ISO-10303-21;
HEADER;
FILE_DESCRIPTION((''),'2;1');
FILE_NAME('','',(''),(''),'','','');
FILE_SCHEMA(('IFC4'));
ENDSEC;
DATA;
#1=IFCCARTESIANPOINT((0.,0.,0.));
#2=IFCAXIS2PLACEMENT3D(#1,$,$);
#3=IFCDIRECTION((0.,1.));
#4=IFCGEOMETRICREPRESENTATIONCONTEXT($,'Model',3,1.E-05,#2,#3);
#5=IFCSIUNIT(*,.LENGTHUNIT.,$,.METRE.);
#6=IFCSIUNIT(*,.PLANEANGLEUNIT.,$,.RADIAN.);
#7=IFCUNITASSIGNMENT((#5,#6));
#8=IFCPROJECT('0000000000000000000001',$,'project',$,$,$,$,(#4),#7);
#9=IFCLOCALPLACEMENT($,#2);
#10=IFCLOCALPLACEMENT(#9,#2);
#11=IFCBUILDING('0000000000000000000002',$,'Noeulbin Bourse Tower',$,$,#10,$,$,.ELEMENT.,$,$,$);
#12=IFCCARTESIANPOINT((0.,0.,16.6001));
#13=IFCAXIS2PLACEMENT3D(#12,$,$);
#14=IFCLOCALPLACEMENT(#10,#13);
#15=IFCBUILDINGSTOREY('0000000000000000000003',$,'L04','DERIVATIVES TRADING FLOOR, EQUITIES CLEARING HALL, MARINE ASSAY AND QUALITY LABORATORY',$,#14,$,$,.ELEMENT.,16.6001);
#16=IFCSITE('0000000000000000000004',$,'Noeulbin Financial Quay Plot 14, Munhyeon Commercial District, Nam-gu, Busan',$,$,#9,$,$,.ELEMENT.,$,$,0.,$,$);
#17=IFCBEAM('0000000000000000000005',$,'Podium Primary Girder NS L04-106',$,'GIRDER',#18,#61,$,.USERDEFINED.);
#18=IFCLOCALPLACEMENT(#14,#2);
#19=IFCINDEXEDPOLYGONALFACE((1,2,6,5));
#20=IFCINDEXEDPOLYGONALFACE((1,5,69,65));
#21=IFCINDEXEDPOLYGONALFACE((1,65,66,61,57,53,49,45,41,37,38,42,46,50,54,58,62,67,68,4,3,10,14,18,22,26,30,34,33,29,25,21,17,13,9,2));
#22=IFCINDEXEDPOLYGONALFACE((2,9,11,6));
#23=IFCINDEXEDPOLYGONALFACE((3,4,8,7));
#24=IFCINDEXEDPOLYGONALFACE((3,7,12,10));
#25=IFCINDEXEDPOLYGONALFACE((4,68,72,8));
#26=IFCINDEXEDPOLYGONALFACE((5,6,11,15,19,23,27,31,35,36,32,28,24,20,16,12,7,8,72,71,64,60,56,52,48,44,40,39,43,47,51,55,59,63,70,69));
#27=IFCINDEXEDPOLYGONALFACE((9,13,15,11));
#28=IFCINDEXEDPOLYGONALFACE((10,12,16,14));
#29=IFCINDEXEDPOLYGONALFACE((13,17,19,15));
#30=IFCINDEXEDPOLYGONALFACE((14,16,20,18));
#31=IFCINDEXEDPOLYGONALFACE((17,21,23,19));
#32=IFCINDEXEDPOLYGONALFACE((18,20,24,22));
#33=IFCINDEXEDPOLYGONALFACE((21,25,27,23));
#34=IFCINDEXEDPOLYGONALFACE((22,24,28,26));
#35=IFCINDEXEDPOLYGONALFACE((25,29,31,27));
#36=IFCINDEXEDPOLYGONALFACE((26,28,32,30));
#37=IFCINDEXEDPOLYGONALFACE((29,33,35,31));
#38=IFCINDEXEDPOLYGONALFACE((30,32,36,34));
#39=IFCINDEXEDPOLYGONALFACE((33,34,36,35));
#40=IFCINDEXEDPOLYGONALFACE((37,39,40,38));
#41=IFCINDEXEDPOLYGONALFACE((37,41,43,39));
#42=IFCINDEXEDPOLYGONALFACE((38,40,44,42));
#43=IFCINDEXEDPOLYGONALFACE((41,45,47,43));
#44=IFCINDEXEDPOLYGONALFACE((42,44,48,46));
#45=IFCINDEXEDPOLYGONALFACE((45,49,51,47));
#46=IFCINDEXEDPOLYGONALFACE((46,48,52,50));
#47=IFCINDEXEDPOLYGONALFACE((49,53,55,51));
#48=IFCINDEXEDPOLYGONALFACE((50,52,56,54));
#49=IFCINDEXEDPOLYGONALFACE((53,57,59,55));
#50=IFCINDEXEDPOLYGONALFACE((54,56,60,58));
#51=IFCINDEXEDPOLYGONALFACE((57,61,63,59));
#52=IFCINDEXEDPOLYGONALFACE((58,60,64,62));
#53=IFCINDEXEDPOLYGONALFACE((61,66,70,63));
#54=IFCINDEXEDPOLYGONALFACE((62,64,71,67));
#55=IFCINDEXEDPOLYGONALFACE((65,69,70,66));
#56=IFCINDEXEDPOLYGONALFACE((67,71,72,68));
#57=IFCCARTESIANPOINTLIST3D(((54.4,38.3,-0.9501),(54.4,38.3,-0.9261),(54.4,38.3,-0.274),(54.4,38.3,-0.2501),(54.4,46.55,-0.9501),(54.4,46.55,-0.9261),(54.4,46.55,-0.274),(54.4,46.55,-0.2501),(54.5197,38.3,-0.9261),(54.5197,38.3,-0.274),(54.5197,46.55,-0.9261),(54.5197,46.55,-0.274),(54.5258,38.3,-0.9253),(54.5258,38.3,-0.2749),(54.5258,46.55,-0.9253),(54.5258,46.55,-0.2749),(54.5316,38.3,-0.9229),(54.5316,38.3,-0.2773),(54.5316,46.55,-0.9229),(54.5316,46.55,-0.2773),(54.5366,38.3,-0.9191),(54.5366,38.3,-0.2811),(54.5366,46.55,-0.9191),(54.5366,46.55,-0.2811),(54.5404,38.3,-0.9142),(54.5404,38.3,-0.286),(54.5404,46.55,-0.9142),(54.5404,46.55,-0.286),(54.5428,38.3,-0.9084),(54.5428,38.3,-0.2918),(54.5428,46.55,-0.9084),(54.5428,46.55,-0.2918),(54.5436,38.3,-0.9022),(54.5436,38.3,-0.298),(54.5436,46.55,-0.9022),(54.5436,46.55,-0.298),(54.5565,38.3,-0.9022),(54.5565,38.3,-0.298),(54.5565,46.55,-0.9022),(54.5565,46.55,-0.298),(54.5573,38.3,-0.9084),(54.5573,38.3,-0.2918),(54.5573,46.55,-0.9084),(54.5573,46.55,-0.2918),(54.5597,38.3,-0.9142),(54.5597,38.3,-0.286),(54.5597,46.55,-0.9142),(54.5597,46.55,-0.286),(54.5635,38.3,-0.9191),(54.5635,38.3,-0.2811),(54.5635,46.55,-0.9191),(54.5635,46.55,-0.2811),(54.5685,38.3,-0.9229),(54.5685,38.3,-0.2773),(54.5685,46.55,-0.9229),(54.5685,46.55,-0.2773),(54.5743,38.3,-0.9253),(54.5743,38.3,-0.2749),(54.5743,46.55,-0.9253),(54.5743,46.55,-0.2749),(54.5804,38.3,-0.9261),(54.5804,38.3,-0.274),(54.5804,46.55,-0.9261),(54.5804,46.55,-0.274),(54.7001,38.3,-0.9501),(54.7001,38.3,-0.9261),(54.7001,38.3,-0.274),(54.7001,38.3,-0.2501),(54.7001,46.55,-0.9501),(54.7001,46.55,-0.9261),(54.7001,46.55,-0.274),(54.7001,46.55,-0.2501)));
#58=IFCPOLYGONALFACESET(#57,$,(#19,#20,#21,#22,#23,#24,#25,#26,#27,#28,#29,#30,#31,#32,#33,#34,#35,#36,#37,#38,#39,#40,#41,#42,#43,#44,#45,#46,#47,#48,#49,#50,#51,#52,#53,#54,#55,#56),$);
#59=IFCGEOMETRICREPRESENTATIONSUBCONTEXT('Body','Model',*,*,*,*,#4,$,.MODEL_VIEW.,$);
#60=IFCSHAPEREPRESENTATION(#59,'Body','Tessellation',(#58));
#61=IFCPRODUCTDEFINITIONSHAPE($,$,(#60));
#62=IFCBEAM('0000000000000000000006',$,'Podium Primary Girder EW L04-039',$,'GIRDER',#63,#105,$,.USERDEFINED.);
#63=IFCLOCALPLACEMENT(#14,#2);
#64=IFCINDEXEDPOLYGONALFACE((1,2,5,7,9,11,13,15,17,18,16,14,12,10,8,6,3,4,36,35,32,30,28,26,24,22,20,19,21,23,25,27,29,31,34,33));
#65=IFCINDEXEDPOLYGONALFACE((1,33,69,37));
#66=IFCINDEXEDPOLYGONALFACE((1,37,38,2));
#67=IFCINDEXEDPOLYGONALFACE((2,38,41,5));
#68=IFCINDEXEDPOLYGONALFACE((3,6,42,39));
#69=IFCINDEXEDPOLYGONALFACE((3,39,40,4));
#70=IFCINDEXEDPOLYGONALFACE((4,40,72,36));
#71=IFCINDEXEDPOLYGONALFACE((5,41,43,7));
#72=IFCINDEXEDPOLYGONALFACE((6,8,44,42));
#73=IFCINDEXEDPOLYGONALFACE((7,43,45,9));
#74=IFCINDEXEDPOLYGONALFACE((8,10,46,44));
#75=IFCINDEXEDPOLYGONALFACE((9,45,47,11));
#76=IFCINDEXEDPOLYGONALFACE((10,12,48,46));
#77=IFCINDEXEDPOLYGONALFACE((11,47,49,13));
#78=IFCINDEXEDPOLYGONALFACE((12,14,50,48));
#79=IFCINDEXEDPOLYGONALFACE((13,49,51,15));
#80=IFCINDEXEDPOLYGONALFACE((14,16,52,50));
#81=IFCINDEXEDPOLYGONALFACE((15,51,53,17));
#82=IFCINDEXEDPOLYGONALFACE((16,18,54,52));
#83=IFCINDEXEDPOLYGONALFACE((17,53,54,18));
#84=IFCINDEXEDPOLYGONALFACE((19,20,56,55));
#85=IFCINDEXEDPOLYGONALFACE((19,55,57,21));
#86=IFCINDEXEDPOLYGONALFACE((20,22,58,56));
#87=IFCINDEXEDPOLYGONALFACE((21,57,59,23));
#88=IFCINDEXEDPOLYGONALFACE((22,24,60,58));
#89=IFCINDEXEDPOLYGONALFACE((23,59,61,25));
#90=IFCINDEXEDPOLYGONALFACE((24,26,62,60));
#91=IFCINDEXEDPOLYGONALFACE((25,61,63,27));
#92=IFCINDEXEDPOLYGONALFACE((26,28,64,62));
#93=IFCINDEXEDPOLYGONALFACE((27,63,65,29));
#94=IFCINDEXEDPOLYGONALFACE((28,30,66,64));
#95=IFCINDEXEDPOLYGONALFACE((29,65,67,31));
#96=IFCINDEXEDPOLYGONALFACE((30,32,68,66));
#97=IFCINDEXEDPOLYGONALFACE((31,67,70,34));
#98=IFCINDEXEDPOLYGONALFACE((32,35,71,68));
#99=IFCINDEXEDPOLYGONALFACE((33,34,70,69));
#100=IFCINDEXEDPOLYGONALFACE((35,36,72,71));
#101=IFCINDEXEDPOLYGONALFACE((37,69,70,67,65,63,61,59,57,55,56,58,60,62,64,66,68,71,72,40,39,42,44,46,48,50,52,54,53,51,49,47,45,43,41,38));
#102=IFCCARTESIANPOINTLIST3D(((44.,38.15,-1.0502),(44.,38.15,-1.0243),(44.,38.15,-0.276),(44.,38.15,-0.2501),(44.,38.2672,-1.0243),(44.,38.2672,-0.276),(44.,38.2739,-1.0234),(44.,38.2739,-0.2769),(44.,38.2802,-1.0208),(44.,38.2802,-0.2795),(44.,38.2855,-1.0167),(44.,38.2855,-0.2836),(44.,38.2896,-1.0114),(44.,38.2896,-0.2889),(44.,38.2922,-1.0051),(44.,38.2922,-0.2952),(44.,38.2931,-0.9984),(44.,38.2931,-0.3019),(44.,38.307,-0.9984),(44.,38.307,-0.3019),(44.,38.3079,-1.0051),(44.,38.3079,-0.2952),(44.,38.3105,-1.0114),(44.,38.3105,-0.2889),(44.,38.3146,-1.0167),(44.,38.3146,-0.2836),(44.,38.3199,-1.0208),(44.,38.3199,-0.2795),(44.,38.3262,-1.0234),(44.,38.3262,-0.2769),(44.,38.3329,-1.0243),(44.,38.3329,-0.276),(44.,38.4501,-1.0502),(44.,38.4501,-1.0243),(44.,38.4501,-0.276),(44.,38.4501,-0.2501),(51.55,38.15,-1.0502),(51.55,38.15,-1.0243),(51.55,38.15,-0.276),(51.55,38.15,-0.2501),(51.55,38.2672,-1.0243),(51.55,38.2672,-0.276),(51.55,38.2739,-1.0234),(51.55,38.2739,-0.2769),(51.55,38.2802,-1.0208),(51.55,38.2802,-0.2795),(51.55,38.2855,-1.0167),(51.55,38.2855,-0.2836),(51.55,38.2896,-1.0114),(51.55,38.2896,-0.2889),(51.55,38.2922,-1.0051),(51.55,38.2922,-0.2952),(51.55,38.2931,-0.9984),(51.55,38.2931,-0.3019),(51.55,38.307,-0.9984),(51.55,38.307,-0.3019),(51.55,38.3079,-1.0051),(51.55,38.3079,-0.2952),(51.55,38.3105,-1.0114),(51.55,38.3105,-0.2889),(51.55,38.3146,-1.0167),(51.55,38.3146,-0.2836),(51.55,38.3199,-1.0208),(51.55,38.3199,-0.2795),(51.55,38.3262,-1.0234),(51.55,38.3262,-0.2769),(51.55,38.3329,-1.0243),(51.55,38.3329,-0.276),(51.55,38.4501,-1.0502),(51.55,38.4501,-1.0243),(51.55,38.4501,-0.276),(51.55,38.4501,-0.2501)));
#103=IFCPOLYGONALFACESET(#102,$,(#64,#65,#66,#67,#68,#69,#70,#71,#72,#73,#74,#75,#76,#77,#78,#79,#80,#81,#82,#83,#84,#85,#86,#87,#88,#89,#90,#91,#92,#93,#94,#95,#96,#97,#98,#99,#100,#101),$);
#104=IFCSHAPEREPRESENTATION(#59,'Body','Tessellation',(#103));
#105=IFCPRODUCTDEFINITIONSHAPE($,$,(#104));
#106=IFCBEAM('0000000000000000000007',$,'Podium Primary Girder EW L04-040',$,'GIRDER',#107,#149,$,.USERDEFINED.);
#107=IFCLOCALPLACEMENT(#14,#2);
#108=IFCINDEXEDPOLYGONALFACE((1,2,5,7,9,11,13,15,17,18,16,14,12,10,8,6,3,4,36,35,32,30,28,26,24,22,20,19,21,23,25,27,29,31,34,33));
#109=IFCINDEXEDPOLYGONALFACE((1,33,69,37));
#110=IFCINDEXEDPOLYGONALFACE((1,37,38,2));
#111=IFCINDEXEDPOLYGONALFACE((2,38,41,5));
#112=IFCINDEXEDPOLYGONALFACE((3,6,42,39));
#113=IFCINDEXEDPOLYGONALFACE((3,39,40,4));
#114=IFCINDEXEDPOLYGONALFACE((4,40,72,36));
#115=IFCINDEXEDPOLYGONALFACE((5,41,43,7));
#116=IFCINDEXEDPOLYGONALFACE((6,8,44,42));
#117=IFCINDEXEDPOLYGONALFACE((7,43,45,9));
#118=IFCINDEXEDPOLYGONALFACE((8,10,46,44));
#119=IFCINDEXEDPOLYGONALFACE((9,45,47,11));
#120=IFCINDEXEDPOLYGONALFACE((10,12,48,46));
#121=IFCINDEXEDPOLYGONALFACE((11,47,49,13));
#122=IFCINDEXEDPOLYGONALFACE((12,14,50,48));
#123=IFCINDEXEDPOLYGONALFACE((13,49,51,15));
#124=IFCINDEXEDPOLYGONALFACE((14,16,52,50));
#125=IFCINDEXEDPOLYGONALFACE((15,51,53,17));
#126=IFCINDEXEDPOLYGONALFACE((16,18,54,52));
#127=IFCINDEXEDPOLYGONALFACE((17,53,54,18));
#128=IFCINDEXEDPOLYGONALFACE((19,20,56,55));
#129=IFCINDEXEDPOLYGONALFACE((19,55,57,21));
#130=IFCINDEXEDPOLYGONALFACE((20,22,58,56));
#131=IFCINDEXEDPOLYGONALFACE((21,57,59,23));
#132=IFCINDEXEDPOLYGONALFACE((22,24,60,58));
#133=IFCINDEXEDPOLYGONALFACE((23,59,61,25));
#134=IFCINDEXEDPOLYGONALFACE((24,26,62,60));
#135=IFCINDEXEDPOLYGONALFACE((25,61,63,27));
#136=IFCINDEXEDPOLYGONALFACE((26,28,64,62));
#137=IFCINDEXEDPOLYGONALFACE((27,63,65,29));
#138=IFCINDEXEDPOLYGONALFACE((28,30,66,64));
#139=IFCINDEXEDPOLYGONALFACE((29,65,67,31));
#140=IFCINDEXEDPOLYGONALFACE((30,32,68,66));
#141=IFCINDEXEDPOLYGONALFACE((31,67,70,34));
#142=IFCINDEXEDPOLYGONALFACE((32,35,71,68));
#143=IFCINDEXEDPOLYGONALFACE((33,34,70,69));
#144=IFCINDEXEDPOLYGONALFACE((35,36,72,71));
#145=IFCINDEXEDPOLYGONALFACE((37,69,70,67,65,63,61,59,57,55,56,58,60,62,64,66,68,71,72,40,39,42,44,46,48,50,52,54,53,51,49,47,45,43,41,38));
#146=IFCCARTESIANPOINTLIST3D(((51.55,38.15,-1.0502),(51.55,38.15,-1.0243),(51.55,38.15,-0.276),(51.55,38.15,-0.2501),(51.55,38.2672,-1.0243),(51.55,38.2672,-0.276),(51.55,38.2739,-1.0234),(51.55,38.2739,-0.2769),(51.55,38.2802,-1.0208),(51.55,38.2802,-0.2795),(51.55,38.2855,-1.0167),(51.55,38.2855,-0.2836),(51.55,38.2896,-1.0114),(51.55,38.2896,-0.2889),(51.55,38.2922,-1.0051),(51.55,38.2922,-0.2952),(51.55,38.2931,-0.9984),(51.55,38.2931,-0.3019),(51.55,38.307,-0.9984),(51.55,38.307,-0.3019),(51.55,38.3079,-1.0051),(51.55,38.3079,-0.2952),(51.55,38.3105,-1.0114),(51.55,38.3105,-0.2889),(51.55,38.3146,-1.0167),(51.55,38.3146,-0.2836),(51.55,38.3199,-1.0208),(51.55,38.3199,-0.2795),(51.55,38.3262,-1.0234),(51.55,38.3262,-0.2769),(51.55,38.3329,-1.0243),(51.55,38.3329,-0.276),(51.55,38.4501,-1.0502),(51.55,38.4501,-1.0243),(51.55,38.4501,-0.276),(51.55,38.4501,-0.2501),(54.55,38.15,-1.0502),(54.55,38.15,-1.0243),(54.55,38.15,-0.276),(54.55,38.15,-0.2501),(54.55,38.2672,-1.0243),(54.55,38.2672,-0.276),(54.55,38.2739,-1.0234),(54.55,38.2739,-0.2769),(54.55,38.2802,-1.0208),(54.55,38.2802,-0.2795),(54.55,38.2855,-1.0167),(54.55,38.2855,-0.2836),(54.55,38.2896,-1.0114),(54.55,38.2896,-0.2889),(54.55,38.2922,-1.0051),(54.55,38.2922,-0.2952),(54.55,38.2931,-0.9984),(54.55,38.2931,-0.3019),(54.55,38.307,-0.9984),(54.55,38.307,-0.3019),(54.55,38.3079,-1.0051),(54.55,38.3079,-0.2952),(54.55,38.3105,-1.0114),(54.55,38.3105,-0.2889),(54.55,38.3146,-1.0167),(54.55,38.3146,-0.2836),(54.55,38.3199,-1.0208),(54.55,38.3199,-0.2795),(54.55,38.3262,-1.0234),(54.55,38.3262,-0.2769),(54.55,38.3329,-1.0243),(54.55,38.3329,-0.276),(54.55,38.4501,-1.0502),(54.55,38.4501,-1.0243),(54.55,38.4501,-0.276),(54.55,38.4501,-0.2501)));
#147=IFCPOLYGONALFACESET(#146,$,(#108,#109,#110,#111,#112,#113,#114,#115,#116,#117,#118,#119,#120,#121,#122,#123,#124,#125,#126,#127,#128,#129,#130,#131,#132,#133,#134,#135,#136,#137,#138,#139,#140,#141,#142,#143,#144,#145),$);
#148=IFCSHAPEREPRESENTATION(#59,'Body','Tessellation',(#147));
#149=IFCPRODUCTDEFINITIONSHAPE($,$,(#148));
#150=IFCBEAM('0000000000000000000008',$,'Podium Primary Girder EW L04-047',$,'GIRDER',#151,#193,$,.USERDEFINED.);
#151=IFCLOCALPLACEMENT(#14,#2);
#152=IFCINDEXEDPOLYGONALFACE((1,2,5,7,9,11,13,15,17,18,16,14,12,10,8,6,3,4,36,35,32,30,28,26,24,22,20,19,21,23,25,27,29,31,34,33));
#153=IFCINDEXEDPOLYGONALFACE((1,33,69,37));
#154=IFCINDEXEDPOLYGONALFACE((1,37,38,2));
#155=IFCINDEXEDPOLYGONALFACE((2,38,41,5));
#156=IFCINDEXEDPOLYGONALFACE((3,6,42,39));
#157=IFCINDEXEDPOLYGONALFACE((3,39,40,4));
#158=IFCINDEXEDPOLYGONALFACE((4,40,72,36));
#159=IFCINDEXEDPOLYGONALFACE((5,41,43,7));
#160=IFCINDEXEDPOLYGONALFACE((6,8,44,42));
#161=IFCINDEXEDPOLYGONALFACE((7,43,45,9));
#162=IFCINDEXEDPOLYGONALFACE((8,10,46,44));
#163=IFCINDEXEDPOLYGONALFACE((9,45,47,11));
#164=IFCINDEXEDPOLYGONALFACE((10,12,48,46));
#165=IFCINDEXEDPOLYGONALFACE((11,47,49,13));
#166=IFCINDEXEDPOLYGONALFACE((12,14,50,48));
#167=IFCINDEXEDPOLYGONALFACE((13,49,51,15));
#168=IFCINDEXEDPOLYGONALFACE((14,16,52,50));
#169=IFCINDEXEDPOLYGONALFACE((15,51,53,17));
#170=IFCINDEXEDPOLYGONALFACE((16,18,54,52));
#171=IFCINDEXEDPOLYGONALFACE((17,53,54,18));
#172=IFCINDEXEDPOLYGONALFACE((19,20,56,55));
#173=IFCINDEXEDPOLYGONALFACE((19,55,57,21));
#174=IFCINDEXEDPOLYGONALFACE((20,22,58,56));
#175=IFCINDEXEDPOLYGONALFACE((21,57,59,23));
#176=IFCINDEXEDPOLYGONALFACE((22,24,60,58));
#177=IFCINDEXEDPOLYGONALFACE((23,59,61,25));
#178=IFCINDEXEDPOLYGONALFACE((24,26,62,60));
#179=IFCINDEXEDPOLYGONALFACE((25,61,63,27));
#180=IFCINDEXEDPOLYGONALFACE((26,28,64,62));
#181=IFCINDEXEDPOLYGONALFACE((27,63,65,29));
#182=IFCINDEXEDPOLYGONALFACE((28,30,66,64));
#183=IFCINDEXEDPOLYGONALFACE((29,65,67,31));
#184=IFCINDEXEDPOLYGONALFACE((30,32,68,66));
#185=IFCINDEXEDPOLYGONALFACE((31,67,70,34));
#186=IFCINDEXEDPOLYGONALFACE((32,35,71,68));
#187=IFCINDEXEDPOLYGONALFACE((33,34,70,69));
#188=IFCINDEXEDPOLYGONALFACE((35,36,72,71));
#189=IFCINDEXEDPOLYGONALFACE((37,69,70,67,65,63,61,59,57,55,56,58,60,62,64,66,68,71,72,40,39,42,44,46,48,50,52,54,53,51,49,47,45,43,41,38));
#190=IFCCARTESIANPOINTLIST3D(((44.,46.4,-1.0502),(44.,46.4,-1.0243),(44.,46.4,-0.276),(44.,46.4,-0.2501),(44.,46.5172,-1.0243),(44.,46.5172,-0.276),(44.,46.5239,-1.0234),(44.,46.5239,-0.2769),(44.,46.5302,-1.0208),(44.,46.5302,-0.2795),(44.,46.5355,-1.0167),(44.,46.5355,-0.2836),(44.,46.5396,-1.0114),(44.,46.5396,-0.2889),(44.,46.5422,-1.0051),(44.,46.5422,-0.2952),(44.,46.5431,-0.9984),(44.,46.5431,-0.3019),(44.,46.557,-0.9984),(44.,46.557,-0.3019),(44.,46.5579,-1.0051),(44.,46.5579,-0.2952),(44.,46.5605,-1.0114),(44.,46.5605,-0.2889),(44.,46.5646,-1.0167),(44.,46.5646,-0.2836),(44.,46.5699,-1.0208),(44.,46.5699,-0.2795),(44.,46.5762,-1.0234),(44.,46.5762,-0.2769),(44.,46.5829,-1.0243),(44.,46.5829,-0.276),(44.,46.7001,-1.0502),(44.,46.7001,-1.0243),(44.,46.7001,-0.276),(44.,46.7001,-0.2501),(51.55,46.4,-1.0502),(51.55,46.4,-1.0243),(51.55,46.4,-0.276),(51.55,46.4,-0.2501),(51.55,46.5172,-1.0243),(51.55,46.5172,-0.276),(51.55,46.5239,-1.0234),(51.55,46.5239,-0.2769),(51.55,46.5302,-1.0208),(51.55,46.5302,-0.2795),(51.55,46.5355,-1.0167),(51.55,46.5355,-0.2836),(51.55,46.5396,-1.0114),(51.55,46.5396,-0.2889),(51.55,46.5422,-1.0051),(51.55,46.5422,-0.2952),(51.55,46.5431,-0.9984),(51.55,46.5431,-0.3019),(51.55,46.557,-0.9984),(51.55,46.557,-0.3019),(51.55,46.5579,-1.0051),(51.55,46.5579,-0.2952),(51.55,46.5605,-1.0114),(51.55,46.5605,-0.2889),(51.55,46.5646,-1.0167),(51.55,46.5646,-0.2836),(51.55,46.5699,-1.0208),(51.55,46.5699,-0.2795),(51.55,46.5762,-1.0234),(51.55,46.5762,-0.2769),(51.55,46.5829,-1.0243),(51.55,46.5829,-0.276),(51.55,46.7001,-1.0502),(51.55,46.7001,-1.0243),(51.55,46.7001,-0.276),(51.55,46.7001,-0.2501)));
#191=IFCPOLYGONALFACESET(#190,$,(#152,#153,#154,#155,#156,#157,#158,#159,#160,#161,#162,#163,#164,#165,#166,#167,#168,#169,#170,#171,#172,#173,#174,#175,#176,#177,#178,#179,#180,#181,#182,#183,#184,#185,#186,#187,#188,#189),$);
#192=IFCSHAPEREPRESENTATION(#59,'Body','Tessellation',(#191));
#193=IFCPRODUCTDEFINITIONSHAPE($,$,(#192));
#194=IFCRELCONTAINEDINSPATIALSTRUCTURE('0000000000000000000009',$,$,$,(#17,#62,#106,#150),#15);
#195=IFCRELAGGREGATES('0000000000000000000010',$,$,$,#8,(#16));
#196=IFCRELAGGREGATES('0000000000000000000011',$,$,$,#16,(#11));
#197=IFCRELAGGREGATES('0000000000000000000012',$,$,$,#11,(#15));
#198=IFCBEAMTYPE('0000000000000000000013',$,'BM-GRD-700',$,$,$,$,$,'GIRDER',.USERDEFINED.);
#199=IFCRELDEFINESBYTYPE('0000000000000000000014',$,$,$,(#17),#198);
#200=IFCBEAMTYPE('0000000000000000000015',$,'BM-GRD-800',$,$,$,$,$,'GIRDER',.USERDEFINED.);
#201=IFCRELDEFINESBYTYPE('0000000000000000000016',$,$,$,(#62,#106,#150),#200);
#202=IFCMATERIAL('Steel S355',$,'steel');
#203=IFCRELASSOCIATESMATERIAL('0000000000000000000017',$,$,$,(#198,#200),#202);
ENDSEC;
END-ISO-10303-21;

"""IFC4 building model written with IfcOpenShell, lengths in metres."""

from ifc_helpers import new_model, si_unit, direction, frame, origin, origin_2d, place, context, subcontext, project, spatial, i_section, extrude, material, material_profile, profile_set, type_object, element, save


model = new_model("IFC4")

# Units and contexts
model_context = context("Model", 3, precision=1e-05, world=origin(), true_north=direction((0.0, 1.0)))
body_context = subcontext(model_context, "Body", "Model", "MODEL_VIEW")
ifc_project = project(units=[si_unit("LENGTHUNIT", "METRE"), si_unit("PLANEANGLEUNIT", "RADIAN")], contexts=[model_context])

# Site, building, storey
site_placement = place(None, origin())
site = spatial("IfcSite", under=ifc_project, at=site_placement, Name="Noeulbin Financial Quay Plot 14, Munhyeon Commercial District, Nam-gu, Busan", CompositionType="ELEMENT", RefElevation=0.0)
building_placement = place(site_placement, origin())
building = spatial("IfcBuilding", under=site, at=building_placement, Name="Noeulbin Bourse Tower", CompositionType="ELEMENT")
storey_placement = place(building_placement, frame((0.0, 0.0, 16.6001)))
storey = spatial("IfcBuildingStorey", under=building, at=storey_placement, Name="L04", Description="DERIVATIVES TRADING FLOOR, EQUITIES CLEARING HALL, MARINE ASSAY AND QUALITY LABORATORY", CompositionType="ELEMENT", Elevation=16.6001)

# Beams
ifc_material_1 = material(Name="Steel S355", Category="steel")
ifc_material_profile_1 = material_profile(ifc_material_1, i_section(OverallWidth=0.3, OverallDepth=0.7, WebThickness=0.0129, FlangeThickness=0.0239, FilletRadius=0.0239, at=origin_2d()), Name="H-700x300x13x24", Category="LoadBearing")
ifc_profile_set_1 = profile_set([ifc_material_profile_1], Name="Steel S355")
beam_type_1 = type_object("IfcBeamType", Name="BM-GRD-700", ElementType="GIRDER", PredefinedType="USERDEFINED", material=ifc_profile_set_1)
beam_1_placement = place(storey_placement, frame((54.55, 38.3, -0.6001), z_axis=(0.0, 1.0, 0.0), x_axis=(-1.0, 0.0, 0.0)))
element("IfcBeam", 1, at=beam_1_placement, inside=storey, type_object=beam_type_1, Name="Podium Primary Girder NS L04-106", ObjectType="GIRDER", PredefinedType="USERDEFINED", context=body_context, shape_type="SweptSolid", body=[
    extrude(i_section(OverallWidth=0.3, OverallDepth=0.7, WebThickness=0.0129, FlangeThickness=0.0239, FilletRadius=0.0239, at=origin_2d()), origin(), (0.0, 0.0, 1.0), 8.25),
])
ifc_material_profile_2 = material_profile(ifc_material_1, i_section(OverallWidth=0.3, OverallDepth=0.8, WebThickness=0.0139, FlangeThickness=0.0259, FilletRadius=0.0259, at=origin_2d()), Name="H-800x300x14x26", Category="LoadBearing")
ifc_profile_set_2 = profile_set([ifc_material_profile_2], Name="Steel S355")
beam_type_2 = type_object("IfcBeamType", Name="BM-GRD-800", ElementType="GIRDER", PredefinedType="USERDEFINED", material=ifc_profile_set_2)
beam_2_placement = place(storey_placement, frame((44.0, 38.3, -0.6501), z_axis=(1.0, 0.0, 0.0), x_axis=(0.0, 1.0, 0.0)))
element("IfcBeam", 2, at=beam_2_placement, inside=storey, type_object=beam_type_2, Name="Podium Primary Girder EW L04-039", ObjectType="GIRDER", PredefinedType="USERDEFINED", context=body_context, shape_type="SweptSolid", body=[
    extrude(i_section(OverallWidth=0.3, OverallDepth=0.8, WebThickness=0.0139, FlangeThickness=0.0259, FilletRadius=0.0259, at=origin_2d()), origin(), (0.0, 0.0, 1.0), 7.55),
])
beam_3_placement = place(storey_placement, frame((51.55, 38.3, -0.6501), z_axis=(1.0, 0.0, 0.0), x_axis=(0.0, 1.0, 0.0)))
element("IfcBeam", 3, at=beam_3_placement, inside=storey, type_object=beam_type_2, Name="Podium Primary Girder EW L04-040", ObjectType="GIRDER", PredefinedType="USERDEFINED", context=body_context, shape_type="SweptSolid", body=[
    extrude(i_section(OverallWidth=0.3, OverallDepth=0.8, WebThickness=0.0139, FlangeThickness=0.0259, FilletRadius=0.0259, at=origin_2d()), origin(), (0.0, 0.0, 1.0), 3.0),
])
beam_4_placement = place(storey_placement, frame((44.0, 46.55, -0.6501), z_axis=(1.0, 0.0, 0.0), x_axis=(0.0, 1.0, 0.0)))
element("IfcBeam", 4, at=beam_4_placement, inside=storey, type_object=beam_type_2, Name="Podium Primary Girder EW L04-047", ObjectType="GIRDER", PredefinedType="USERDEFINED", context=body_context, shape_type="SweptSolid", body=[
    extrude(i_section(OverallWidth=0.3, OverallDepth=0.8, WebThickness=0.0139, FlangeThickness=0.0259, FilletRadius=0.0259, at=origin_2d()), origin(), (0.0, 0.0, 1.0), 7.55),
])

save(model, "model.ifc")
